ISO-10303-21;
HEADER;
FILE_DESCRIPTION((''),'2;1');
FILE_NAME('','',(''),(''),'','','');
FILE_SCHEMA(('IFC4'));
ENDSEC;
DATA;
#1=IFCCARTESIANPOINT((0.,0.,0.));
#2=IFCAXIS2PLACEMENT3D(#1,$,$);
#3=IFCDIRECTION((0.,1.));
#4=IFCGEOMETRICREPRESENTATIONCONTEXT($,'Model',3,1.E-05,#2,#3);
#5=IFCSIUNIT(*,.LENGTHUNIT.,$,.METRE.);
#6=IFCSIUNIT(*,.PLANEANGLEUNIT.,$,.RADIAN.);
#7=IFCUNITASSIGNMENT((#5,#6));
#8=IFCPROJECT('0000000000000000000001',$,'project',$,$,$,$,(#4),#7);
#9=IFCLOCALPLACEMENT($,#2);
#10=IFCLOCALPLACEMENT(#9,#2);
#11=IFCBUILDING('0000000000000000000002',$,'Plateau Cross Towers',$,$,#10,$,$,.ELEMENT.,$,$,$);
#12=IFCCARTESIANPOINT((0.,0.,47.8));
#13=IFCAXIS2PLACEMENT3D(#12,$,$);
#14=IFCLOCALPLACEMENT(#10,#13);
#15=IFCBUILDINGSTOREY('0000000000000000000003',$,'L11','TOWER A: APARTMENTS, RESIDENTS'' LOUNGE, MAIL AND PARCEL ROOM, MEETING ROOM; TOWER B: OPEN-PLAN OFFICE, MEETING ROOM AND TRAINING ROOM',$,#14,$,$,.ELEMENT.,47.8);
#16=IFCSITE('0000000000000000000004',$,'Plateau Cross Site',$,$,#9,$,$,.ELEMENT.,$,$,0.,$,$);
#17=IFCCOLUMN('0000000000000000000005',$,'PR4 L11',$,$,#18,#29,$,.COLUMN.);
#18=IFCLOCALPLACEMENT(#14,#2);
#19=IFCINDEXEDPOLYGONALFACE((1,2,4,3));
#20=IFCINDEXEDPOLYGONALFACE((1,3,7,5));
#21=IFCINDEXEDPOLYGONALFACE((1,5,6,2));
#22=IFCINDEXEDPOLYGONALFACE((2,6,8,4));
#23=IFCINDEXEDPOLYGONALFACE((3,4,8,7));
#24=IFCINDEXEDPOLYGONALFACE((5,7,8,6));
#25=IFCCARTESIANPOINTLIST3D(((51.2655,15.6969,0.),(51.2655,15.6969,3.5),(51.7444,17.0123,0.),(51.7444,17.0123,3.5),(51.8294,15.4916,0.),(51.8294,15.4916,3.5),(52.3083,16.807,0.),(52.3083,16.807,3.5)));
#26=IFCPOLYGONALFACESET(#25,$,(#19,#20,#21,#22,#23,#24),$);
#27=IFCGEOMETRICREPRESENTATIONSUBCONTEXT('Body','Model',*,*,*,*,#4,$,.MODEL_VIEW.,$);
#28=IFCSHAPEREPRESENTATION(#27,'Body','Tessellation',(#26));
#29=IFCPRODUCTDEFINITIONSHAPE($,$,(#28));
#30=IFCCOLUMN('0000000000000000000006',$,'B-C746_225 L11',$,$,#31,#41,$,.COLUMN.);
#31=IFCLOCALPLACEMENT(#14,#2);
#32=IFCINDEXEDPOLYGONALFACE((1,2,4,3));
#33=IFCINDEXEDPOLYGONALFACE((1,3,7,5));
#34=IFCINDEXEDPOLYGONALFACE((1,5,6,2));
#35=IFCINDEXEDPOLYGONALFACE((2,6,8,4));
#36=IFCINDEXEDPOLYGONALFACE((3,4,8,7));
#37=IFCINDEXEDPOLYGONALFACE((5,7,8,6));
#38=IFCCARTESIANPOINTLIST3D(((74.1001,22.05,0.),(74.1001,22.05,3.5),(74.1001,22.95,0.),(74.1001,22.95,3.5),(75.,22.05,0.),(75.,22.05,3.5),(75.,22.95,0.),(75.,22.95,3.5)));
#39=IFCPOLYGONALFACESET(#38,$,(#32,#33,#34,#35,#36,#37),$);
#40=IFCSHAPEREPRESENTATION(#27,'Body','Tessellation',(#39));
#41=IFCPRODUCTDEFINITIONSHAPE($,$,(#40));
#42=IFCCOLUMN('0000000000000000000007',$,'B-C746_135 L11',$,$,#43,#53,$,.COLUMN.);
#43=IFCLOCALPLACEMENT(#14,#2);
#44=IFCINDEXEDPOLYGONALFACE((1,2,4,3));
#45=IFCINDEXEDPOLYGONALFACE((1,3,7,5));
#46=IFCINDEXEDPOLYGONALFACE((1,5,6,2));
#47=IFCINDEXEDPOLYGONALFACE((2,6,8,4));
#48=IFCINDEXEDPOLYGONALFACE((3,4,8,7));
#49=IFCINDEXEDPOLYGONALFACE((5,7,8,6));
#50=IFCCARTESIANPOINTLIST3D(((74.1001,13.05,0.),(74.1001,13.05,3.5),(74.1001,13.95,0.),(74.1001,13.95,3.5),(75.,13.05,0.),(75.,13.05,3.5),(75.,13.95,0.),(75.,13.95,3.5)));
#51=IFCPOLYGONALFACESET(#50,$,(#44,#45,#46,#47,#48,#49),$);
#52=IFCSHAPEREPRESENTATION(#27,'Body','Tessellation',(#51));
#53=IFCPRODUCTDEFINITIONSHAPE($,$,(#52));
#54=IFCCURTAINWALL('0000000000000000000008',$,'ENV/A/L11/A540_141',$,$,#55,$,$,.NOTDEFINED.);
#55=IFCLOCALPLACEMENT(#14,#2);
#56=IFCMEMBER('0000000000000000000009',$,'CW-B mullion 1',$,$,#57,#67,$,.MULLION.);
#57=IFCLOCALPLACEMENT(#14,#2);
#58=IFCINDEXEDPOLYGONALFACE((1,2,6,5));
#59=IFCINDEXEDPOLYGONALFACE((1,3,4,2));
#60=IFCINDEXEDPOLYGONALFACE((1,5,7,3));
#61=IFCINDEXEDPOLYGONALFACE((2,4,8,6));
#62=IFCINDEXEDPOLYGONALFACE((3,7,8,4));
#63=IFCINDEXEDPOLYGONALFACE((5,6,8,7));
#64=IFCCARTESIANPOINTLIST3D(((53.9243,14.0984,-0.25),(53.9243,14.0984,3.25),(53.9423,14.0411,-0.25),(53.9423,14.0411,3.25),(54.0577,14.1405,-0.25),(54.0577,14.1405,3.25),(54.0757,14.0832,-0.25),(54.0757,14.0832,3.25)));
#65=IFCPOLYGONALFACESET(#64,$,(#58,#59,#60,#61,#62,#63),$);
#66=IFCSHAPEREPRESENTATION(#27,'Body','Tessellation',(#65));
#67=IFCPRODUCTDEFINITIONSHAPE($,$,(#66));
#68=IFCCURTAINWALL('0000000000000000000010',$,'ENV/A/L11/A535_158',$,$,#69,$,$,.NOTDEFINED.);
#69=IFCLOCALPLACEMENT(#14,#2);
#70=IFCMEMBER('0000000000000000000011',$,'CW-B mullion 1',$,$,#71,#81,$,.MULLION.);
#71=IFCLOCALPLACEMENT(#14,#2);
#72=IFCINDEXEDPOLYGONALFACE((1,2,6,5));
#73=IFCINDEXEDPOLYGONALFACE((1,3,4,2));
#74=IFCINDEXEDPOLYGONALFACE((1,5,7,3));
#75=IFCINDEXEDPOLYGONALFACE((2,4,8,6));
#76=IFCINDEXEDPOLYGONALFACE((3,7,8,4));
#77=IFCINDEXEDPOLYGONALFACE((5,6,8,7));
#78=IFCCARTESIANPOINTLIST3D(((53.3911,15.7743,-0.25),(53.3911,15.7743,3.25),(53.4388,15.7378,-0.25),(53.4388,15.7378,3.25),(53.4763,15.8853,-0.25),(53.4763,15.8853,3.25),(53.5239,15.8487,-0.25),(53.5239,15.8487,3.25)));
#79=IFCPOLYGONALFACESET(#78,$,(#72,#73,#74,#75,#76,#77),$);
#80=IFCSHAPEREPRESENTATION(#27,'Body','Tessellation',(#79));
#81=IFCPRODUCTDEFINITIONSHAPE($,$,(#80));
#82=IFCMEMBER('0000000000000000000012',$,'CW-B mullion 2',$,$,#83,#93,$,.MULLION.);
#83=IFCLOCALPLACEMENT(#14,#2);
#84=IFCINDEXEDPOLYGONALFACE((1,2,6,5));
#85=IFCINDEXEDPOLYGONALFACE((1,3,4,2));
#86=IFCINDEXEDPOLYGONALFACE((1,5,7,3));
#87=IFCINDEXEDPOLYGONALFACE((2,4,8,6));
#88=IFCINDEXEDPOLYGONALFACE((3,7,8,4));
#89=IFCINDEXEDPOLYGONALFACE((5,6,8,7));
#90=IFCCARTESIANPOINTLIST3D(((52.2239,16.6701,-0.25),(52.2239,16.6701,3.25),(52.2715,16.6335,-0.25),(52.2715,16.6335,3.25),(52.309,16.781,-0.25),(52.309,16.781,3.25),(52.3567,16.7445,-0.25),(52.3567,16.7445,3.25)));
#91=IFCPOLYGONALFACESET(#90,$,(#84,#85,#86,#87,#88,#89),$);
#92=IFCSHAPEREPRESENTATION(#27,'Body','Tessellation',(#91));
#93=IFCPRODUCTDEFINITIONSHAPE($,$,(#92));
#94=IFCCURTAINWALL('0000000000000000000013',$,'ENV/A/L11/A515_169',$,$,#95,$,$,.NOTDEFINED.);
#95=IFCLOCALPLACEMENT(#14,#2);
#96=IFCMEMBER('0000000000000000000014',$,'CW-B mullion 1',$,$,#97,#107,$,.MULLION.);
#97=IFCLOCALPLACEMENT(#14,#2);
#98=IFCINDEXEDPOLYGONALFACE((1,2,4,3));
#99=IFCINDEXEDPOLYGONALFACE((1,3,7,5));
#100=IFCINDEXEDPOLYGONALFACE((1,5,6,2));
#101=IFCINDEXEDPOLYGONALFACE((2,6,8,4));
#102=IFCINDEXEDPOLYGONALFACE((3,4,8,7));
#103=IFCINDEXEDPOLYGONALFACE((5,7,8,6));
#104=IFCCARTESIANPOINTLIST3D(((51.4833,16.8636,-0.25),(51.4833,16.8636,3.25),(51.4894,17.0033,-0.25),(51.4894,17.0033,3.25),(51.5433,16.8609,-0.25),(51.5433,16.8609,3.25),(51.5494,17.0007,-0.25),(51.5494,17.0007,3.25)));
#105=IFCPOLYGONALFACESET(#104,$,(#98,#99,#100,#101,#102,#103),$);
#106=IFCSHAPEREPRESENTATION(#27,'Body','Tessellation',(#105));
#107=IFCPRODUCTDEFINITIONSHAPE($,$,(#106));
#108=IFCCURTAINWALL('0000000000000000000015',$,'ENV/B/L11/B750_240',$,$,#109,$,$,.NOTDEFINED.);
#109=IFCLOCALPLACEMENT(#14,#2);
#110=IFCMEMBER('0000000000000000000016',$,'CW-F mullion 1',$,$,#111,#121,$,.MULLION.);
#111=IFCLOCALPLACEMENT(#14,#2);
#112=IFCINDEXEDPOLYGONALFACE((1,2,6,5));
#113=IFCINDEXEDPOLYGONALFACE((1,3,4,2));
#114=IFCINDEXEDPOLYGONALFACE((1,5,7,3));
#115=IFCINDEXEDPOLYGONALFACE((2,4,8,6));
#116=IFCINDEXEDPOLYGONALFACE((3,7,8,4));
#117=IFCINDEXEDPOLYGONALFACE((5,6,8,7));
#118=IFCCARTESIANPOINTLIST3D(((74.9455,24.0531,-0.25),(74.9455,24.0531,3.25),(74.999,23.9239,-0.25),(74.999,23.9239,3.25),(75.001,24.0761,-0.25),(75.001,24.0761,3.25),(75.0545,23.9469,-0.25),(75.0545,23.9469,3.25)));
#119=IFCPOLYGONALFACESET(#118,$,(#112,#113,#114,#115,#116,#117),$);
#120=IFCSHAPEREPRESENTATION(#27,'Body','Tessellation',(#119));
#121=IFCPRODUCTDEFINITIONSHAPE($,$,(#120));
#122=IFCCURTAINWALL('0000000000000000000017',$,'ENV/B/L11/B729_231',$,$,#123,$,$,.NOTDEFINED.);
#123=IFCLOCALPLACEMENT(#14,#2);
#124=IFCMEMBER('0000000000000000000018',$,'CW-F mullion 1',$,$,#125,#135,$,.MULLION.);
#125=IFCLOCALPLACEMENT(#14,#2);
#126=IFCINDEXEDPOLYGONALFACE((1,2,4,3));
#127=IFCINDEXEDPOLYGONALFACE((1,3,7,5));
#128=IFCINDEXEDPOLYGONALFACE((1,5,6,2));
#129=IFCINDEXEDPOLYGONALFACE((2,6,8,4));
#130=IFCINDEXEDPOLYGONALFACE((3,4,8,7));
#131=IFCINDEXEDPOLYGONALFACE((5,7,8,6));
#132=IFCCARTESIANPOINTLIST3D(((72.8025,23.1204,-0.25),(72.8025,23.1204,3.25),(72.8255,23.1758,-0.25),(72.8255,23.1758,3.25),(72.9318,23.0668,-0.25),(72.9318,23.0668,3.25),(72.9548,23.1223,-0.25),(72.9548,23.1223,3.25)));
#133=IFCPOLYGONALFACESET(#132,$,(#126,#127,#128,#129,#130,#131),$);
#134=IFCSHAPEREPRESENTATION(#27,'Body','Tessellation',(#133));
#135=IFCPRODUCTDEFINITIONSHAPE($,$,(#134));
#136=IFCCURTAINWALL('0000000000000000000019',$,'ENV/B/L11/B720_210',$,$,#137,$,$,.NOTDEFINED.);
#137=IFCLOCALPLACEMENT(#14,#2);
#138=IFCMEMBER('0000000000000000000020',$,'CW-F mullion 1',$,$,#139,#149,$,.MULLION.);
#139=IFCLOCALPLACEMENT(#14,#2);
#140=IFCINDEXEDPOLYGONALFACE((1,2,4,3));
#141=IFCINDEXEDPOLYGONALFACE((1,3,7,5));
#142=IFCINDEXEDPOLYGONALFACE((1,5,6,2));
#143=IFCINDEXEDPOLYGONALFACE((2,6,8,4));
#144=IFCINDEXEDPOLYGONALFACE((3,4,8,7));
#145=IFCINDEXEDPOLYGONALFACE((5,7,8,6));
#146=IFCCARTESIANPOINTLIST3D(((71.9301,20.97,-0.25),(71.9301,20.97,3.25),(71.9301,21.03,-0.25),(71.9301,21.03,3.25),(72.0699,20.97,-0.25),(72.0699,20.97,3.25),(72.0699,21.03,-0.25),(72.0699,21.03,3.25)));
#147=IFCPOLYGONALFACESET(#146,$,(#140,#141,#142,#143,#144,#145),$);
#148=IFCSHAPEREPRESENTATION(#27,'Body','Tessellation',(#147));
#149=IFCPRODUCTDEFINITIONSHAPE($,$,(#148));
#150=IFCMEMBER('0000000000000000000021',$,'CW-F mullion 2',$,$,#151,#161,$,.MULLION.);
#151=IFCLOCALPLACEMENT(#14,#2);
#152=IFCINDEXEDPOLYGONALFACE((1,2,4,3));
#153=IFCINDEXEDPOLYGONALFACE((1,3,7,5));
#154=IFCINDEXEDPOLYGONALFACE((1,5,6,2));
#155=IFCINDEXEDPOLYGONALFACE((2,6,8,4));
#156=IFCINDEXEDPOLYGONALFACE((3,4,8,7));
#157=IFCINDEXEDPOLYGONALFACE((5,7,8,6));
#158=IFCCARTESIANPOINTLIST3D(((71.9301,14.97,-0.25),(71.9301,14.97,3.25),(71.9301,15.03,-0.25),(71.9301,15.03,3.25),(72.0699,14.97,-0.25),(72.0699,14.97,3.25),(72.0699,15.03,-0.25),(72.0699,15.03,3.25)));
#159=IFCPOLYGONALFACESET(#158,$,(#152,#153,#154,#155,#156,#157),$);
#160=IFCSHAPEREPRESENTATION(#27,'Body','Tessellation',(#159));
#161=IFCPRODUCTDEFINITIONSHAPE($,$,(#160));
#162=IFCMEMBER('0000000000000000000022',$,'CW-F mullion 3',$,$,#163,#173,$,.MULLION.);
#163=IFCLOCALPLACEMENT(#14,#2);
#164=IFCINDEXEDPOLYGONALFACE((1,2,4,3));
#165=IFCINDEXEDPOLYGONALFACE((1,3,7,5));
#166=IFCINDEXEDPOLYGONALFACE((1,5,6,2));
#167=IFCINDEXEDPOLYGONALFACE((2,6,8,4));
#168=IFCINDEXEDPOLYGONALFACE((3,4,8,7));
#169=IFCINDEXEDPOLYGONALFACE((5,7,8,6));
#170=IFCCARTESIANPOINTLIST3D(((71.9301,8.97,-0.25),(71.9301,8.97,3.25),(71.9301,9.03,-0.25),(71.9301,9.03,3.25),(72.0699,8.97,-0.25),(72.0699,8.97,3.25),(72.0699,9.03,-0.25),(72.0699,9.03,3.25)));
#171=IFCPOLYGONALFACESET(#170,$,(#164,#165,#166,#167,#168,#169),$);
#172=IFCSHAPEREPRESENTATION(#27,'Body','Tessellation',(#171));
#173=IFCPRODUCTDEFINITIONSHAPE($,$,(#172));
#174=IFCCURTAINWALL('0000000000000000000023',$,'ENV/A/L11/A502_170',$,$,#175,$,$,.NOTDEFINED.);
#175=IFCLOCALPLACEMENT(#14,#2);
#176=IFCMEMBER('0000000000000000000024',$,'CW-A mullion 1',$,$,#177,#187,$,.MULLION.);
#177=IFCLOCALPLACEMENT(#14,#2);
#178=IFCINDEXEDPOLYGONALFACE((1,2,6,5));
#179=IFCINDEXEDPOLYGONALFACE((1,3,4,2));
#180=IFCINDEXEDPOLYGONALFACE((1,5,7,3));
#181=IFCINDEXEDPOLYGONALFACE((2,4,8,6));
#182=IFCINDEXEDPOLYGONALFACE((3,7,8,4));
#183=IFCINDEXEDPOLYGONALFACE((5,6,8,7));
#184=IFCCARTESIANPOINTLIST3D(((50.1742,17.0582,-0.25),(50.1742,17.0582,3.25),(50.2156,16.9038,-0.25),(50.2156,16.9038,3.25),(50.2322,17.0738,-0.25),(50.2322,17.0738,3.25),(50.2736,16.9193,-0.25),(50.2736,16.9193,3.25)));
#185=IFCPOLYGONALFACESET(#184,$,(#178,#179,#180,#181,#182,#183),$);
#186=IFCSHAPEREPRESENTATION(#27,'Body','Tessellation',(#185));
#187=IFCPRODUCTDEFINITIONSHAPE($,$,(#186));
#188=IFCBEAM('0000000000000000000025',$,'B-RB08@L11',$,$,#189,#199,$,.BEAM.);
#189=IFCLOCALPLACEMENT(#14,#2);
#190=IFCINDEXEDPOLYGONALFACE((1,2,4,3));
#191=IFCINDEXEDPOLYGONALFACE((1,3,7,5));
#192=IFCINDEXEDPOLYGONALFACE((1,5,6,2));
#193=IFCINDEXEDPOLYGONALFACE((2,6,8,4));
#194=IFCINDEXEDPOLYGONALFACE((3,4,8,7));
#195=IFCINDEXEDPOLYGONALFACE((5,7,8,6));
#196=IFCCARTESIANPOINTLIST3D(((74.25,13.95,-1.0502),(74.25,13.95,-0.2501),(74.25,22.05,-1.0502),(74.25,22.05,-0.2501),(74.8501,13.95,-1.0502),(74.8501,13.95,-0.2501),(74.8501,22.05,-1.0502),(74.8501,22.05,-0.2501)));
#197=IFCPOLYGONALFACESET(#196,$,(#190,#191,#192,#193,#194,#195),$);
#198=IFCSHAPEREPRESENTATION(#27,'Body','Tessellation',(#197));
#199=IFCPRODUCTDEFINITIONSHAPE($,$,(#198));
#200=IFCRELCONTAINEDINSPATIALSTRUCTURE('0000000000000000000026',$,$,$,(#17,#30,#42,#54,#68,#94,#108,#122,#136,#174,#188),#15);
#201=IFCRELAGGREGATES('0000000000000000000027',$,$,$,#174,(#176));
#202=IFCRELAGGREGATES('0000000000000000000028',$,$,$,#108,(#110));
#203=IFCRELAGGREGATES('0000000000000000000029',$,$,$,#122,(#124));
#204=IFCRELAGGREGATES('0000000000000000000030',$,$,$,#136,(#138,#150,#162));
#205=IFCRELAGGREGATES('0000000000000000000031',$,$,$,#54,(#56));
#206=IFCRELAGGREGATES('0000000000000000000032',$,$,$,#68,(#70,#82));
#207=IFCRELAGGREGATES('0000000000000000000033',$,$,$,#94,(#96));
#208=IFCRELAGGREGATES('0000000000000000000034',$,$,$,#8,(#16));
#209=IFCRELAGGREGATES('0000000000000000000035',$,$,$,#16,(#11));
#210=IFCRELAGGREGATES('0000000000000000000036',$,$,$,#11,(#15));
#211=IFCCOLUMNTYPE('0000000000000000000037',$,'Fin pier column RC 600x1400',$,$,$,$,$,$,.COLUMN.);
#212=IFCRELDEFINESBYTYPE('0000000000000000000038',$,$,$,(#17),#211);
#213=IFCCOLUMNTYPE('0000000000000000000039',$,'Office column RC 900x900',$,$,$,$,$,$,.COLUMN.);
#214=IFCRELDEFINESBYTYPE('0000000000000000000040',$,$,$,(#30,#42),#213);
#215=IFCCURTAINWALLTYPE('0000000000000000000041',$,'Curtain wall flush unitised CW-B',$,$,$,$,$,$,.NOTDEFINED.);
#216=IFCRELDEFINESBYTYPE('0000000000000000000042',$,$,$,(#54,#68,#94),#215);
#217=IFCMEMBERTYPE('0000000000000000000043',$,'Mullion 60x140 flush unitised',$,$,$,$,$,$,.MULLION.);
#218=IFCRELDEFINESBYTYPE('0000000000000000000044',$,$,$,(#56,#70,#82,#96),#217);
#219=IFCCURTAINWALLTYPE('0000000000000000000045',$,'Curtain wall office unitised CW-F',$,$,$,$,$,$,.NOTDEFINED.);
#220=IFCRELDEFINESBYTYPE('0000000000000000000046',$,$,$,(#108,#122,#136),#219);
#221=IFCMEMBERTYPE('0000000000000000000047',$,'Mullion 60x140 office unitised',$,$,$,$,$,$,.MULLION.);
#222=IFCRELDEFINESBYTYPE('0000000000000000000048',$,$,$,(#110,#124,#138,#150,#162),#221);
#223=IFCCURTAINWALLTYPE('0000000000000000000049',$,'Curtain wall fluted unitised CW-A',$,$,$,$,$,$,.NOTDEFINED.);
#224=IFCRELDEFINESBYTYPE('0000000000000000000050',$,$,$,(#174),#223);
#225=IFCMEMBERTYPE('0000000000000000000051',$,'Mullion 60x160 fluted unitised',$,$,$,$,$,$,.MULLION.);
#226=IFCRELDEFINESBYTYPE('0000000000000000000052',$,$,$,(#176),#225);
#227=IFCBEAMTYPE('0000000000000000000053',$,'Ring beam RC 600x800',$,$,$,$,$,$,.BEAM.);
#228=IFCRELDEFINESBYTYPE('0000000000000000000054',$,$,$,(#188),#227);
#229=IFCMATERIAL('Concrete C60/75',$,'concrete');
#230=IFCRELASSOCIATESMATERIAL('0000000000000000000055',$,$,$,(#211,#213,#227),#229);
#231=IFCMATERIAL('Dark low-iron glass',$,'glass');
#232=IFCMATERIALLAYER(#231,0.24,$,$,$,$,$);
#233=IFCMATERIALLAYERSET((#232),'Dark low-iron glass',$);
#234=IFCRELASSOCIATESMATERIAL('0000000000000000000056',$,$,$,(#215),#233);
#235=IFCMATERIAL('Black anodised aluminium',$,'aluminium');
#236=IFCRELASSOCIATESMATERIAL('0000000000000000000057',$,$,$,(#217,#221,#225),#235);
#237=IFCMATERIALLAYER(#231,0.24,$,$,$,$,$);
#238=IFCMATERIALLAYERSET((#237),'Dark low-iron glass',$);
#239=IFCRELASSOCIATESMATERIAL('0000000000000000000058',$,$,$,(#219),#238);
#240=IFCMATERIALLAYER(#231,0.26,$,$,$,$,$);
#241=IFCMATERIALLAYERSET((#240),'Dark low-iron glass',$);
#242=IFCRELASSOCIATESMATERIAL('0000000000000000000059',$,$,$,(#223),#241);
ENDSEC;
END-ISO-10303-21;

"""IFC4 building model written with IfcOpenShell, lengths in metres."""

from ifc_helpers import new_model, si_unit, direction, frame, origin, origin_2d, place, context, subcontext, project, spatial, rectangle, extrude, material, layer, layer_set, material_profile, profile_set, type_object, element, aggregate, save


model = new_model("IFC4")

# Units and contexts
model_context = context("Model", 3, precision=1e-05, world=origin(), true_north=direction((0.0, 1.0)))
body_context = subcontext(model_context, "Body", "Model", "MODEL_VIEW")
ifc_project = project(units=[si_unit("LENGTHUNIT", "METRE"), si_unit("PLANEANGLEUNIT", "RADIAN")], contexts=[model_context])

# Site, building, storey
site_placement = place(None, origin())
site = spatial("IfcSite", under=ifc_project, at=site_placement, Name="Plateau Cross Site", CompositionType="ELEMENT", RefElevation=0.0)
building_placement = place(site_placement, origin())
building = spatial("IfcBuilding", under=site, at=building_placement, Name="Plateau Cross Towers", CompositionType="ELEMENT")
storey_placement = place(building_placement, frame((0.0, 0.0, 47.8)))
storey = spatial("IfcBuildingStorey", under=building, at=storey_placement, Name="L11", Description="TOWER A: APARTMENTS, RESIDENTS' LOUNGE, MAIL AND PARCEL ROOM, MEETING ROOM; TOWER B: OPEN-PLAN OFFICE, MEETING ROOM AND TRAINING ROOM", CompositionType="ELEMENT", Elevation=47.8)

# Columns
ifc_material_1 = material(Name="Concrete C60/75", Category="concrete")
ifc_material_profile_1 = material_profile(ifc_material_1, rectangle(XDim=0.6001, YDim=1.3999, at=origin_2d()), Name="RC 600x1400")
ifc_profile_set_1 = profile_set([ifc_material_profile_1], Name="Concrete C60/75")
column_type_1 = type_object("IfcColumnType", Name="Fin pier column RC 600x1400", PredefinedType="COLUMN", material=ifc_profile_set_1)
column_placement = place(storey_placement, frame((51.7869, 16.252, 0.0), z_axis=(0.0, 0.0, 1.0), x_axis=(-0.939664, 0.342098, 0.0)))
element("IfcColumn", 1, at=column_placement, inside=storey, type_object=column_type_1, Name="PR4 L11", PredefinedType="COLUMN", context=body_context, shape_type="SweptSolid", body=[
    extrude(rectangle(XDim=0.6001, YDim=1.3999, at=origin_2d()), origin(), (0.0, 0.0, 1.0), 3.5),
])
ifc_material_profile_2 = material_profile(ifc_material_1, rectangle(XDim=0.8999, YDim=0.8999, at=origin_2d()), Name="RC 900x900")
ifc_profile_set_2 = profile_set([ifc_material_profile_2], Name="Concrete C60/75")
column_type_2 = type_object("IfcColumnType", Name="Office column RC 900x900", PredefinedType="COLUMN", material=ifc_profile_set_2)
for number, where, z_axis, x_axis, name in (
    (2, (74.55, 22.5, 0.0), (0.0, 0.0, 1.0), (1.0, 0.0, 0.0), "B-C746_225 L11"),
    (3, (74.55, 13.5, 0.0), (0.0, 0.0, 1.0), (1.0, 0.0, 0.0), "B-C746_135 L11"),
):
    element("IfcColumn", number, at=place(storey_placement, frame(where, z_axis=z_axis, x_axis=x_axis)), inside=storey, type_object=column_type_2, Name=name, PredefinedType="COLUMN", context=body_context, shape_type="SweptSolid", body=[
        extrude(rectangle(XDim=0.8999, YDim=0.8999, at=origin_2d()), origin(), (0.0, 0.0, 1.0), 3.5),
    ])

# Curtain wall, member
ifc_material_2 = material(Name="Dark low-iron glass", Category="glass")
ifc_layer_1 = layer(ifc_material_2, 0.24)
ifc_layer_set_1 = layer_set([ifc_layer_1], Name="Dark low-iron glass")
curtain_wall_type_1 = type_object("IfcCurtainWallType", Name="Curtain wall flush unitised CW-B", PredefinedType="NOTDEFINED", material=ifc_layer_set_1)
curtain_wall_1_placement = place(storey_placement, origin())
curtain_wall_1 = element("IfcCurtainWall", 4, at=curtain_wall_1_placement, inside=storey, type_object=curtain_wall_type_1, Name="ENV/A/L11/A540_141", PredefinedType="NOTDEFINED")
ifc_material_3 = material(Name="Black anodised aluminium", Category="aluminium")
ifc_material_profile_3 = material_profile(ifc_material_3, rectangle(XDim=0.0601, YDim=0.1399, at=origin_2d()), Name="MULLION 60x140")
ifc_profile_set_3 = profile_set([ifc_material_profile_3], Name="Black anodised aluminium")
member_type_1 = type_object("IfcMemberType", Name="Mullion 60x140 flush unitised", PredefinedType="MULLION", material=ifc_profile_set_3)
member_1_placement = place(storey_placement, frame((54.0, 14.0908, -0.25), z_axis=(0.0, 0.0, 1.0), x_axis=(-0.300686, 0.953723, 0.0)))
member_1 = element("IfcMember", 5, at=member_1_placement, type_object=member_type_1, Name="CW-B mullion 1", PredefinedType="MULLION", context=body_context, shape_type="SweptSolid", body=[
    extrude(rectangle(XDim=0.0601, YDim=0.1399, at=origin_2d()), origin(), (0.0, 0.0, 1.0), 3.5),
])

# Curtain wall, members
curtain_wall_2_placement = place(storey_placement, origin())
curtain_wall_2 = element("IfcCurtainWall", 6, at=curtain_wall_2_placement, inside=storey, type_object=curtain_wall_type_1, Name="ENV/A/L11/A535_158", PredefinedType="NOTDEFINED")
member_2_placement = place(storey_placement, frame((53.4575, 15.8115, -0.25), z_axis=(0.0, 0.0, 1.0), x_axis=(-0.793316, 0.608811, 0.0)))
member_2 = element("IfcMember", 7, at=member_2_placement, type_object=member_type_1, Name="CW-B mullion 1", PredefinedType="MULLION", context=body_context, shape_type="SweptSolid", body=[
    extrude(rectangle(XDim=0.0601, YDim=0.1399, at=origin_2d()), origin(), (0.0, 0.0, 1.0), 3.5),
])
member_3_placement = place(storey_placement, frame((52.2903, 16.7073, -0.25), z_axis=(0.0, 0.0, 1.0), x_axis=(-0.793316, 0.608811, 0.0)))
member_3 = element("IfcMember", 8, at=member_3_placement, type_object=member_type_1, Name="CW-B mullion 2", PredefinedType="MULLION", context=body_context, shape_type="SweptSolid", body=[
    extrude(rectangle(XDim=0.0601, YDim=0.1399, at=origin_2d()), origin(), (0.0, 0.0, 1.0), 3.5),
])

# Curtain walls, members
curtain_wall_3_placement = place(storey_placement, origin())
curtain_wall_3 = element("IfcCurtainWall", 9, at=curtain_wall_3_placement, inside=storey, type_object=curtain_wall_type_1, Name="ENV/A/L11/A515_169", PredefinedType="NOTDEFINED")
member_4_placement = place(storey_placement, frame((51.5164, 16.9321, -0.25), z_axis=(0.0, 0.0, 1.0), x_axis=(-0.999044, 0.043723, 0.0)))
member_4 = element("IfcMember", 10, at=member_4_placement, type_object=member_type_1, Name="CW-B mullion 1", PredefinedType="MULLION", context=body_context, shape_type="SweptSolid", body=[
    extrude(rectangle(XDim=0.0601, YDim=0.1399, at=origin_2d()), origin(), (0.0, 0.0, 1.0), 3.5),
])
ifc_layer_2 = layer(ifc_material_2, 0.24)
ifc_layer_set_2 = layer_set([ifc_layer_2], Name="Dark low-iron glass")
curtain_wall_type_2 = type_object("IfcCurtainWallType", Name="Curtain wall office unitised CW-F", PredefinedType="NOTDEFINED", material=ifc_layer_set_2)
curtain_wall_4_placement = place(storey_placement, origin())
curtain_wall_4 = element("IfcCurtainWall", 11, at=curtain_wall_4_placement, inside=storey, type_object=curtain_wall_type_2, Name="ENV/B/L11/B750_240", PredefinedType="NOTDEFINED")
ifc_material_profile_4 = material_profile(ifc_material_3, rectangle(XDim=0.0601, YDim=0.1399, at=origin_2d()), Name="MULLION 60x140")
ifc_profile_set_4 = profile_set([ifc_material_profile_4], Name="Black anodised aluminium")
member_type_2 = type_object("IfcMemberType", Name="Mullion 60x140 office unitised", PredefinedType="MULLION", material=ifc_profile_set_4)
member_5_placement = place(storey_placement, frame((75.0, 24.0, -0.25), z_axis=(0.0, 0.0, 1.0), x_axis=(-0.923879, -0.382684, 0.0)))
member_5 = element("IfcMember", 12, at=member_5_placement, type_object=member_type_2, Name="CW-F mullion 1", PredefinedType="MULLION", context=body_context, shape_type="SweptSolid", body=[
    extrude(rectangle(XDim=0.0601, YDim=0.1399, at=origin_2d()), origin(), (0.0, 0.0, 1.0), 3.5),
])
curtain_wall_5_placement = place(storey_placement, origin())
curtain_wall_5 = element("IfcCurtainWall", 13, at=curtain_wall_5_placement, inside=storey, type_object=curtain_wall_type_2, Name="ENV/B/L11/B729_231", PredefinedType="NOTDEFINED")
member_6_placement = place(storey_placement, frame((72.8787, 23.1213, -0.25), z_axis=(0.0, 0.0, 1.0), x_axis=(-0.382684, -0.923879, 0.0)))
member_6 = element("IfcMember", 14, at=member_6_placement, type_object=member_type_2, Name="CW-F mullion 1", PredefinedType="MULLION", context=body_context, shape_type="SweptSolid", body=[
    extrude(rectangle(XDim=0.0601, YDim=0.1399, at=origin_2d()), origin(), (0.0, 0.0, 1.0), 3.5),
])

# Curtain wall, members
curtain_wall_6_placement = place(storey_placement, origin())
curtain_wall_6 = element("IfcCurtainWall", 15, at=curtain_wall_6_placement, inside=storey, type_object=curtain_wall_type_2, Name="ENV/B/L11/B720_210", PredefinedType="NOTDEFINED")
member_7_placement = place(storey_placement, frame((72.0, 21.0, -0.25), z_axis=(0.0, 0.0, 1.0), x_axis=(0.0, -1.0, 0.0)))
member_7 = element("IfcMember", 16, at=member_7_placement, type_object=member_type_2, Name="CW-F mullion 1", PredefinedType="MULLION", context=body_context, shape_type="SweptSolid", body=[
    extrude(rectangle(XDim=0.0601, YDim=0.1399, at=origin_2d()), origin(), (0.0, 0.0, 1.0), 3.5),
])
member_8_placement = place(storey_placement, frame((72.0, 15.0, -0.25), z_axis=(0.0, 0.0, 1.0), x_axis=(0.0, -1.0, 0.0)))
member_8 = element("IfcMember", 17, at=member_8_placement, type_object=member_type_2, Name="CW-F mullion 2", PredefinedType="MULLION", context=body_context, shape_type="SweptSolid", body=[
    extrude(rectangle(XDim=0.0601, YDim=0.1399, at=origin_2d()), origin(), (0.0, 0.0, 1.0), 3.5),
])
member_9_placement = place(storey_placement, frame((72.0, 9.0, -0.25), z_axis=(0.0, 0.0, 1.0), x_axis=(0.0, -1.0, 0.0)))
member_9 = element("IfcMember", 18, at=member_9_placement, type_object=member_type_2, Name="CW-F mullion 3", PredefinedType="MULLION", context=body_context, shape_type="SweptSolid", body=[
    extrude(rectangle(XDim=0.0601, YDim=0.1399, at=origin_2d()), origin(), (0.0, 0.0, 1.0), 3.5),
])

# Curtain wall, member
ifc_layer_3 = layer(ifc_material_2, 0.26)
ifc_layer_set_3 = layer_set([ifc_layer_3], Name="Dark low-iron glass")
curtain_wall_type_3 = type_object("IfcCurtainWallType", Name="Curtain wall fluted unitised CW-A", PredefinedType="NOTDEFINED", material=ifc_layer_set_3)
curtain_wall_7_placement = place(storey_placement, origin())
curtain_wall_7 = element("IfcCurtainWall", 19, at=curtain_wall_7_placement, inside=storey, type_object=curtain_wall_type_3, Name="ENV/A/L11/A502_170", PredefinedType="NOTDEFINED")
ifc_material_profile_5 = material_profile(ifc_material_3, rectangle(XDim=0.0601, YDim=0.1599, at=origin_2d()), Name="MULLION 60x160")
ifc_profile_set_5 = profile_set([ifc_material_profile_5], Name="Black anodised aluminium")
member_type_3 = type_object("IfcMemberType", Name="Mullion 60x160 fluted unitised", PredefinedType="MULLION", material=ifc_profile_set_5)
member_10_placement = place(storey_placement, frame((50.2239, 16.9888, -0.25), z_axis=(0.0, 0.0, 1.0), x_axis=(-0.965958, -0.258699, 0.0)))
member_10 = element("IfcMember", 20, at=member_10_placement, type_object=member_type_3, Name="CW-A mullion 1", PredefinedType="MULLION", context=body_context, shape_type="SweptSolid", body=[
    extrude(rectangle(XDim=0.0601, YDim=0.1599, at=origin_2d()), origin(), (0.0, 0.0, 1.0), 3.5),
])

# Beam
ifc_material_profile_6 = material_profile(ifc_material_1, rectangle(XDim=0.6001, YDim=0.8, at=origin_2d()), Name="RC 600x800")
ifc_profile_set_6 = profile_set([ifc_material_profile_6], Name="Concrete C60/75")
beam_type = type_object("IfcBeamType", Name="Ring beam RC 600x800", PredefinedType="BEAM", material=ifc_profile_set_6)
for number, where, z_axis, x_axis, name in (
    (21, (74.55, 22.05, -0.6501), (0.0, -1.0, 0.0), (1.0, 0.0, 0.0), "B-RB08@L11"),
):
    element("IfcBeam", number, at=place(storey_placement, frame(where, z_axis=z_axis, x_axis=x_axis)), inside=storey, type_object=beam_type, Name=name, PredefinedType="BEAM", context=body_context, shape_type="SweptSolid", body=[
        extrude(rectangle(XDim=0.6001, YDim=0.8, at=origin_2d()), origin(), (0.0, 0.0, 1.0), 8.1001),
    ])

aggregate(curtain_wall_7, [member_10])

aggregate(curtain_wall_4, [member_5])
aggregate(curtain_wall_5, [member_6])
aggregate(curtain_wall_6, [member_7, member_8, member_9])

aggregate(curtain_wall_1, [member_1])
aggregate(curtain_wall_2, [member_2, member_3])
aggregate(curtain_wall_3, [member_4])

save(model, "model.ifc")
